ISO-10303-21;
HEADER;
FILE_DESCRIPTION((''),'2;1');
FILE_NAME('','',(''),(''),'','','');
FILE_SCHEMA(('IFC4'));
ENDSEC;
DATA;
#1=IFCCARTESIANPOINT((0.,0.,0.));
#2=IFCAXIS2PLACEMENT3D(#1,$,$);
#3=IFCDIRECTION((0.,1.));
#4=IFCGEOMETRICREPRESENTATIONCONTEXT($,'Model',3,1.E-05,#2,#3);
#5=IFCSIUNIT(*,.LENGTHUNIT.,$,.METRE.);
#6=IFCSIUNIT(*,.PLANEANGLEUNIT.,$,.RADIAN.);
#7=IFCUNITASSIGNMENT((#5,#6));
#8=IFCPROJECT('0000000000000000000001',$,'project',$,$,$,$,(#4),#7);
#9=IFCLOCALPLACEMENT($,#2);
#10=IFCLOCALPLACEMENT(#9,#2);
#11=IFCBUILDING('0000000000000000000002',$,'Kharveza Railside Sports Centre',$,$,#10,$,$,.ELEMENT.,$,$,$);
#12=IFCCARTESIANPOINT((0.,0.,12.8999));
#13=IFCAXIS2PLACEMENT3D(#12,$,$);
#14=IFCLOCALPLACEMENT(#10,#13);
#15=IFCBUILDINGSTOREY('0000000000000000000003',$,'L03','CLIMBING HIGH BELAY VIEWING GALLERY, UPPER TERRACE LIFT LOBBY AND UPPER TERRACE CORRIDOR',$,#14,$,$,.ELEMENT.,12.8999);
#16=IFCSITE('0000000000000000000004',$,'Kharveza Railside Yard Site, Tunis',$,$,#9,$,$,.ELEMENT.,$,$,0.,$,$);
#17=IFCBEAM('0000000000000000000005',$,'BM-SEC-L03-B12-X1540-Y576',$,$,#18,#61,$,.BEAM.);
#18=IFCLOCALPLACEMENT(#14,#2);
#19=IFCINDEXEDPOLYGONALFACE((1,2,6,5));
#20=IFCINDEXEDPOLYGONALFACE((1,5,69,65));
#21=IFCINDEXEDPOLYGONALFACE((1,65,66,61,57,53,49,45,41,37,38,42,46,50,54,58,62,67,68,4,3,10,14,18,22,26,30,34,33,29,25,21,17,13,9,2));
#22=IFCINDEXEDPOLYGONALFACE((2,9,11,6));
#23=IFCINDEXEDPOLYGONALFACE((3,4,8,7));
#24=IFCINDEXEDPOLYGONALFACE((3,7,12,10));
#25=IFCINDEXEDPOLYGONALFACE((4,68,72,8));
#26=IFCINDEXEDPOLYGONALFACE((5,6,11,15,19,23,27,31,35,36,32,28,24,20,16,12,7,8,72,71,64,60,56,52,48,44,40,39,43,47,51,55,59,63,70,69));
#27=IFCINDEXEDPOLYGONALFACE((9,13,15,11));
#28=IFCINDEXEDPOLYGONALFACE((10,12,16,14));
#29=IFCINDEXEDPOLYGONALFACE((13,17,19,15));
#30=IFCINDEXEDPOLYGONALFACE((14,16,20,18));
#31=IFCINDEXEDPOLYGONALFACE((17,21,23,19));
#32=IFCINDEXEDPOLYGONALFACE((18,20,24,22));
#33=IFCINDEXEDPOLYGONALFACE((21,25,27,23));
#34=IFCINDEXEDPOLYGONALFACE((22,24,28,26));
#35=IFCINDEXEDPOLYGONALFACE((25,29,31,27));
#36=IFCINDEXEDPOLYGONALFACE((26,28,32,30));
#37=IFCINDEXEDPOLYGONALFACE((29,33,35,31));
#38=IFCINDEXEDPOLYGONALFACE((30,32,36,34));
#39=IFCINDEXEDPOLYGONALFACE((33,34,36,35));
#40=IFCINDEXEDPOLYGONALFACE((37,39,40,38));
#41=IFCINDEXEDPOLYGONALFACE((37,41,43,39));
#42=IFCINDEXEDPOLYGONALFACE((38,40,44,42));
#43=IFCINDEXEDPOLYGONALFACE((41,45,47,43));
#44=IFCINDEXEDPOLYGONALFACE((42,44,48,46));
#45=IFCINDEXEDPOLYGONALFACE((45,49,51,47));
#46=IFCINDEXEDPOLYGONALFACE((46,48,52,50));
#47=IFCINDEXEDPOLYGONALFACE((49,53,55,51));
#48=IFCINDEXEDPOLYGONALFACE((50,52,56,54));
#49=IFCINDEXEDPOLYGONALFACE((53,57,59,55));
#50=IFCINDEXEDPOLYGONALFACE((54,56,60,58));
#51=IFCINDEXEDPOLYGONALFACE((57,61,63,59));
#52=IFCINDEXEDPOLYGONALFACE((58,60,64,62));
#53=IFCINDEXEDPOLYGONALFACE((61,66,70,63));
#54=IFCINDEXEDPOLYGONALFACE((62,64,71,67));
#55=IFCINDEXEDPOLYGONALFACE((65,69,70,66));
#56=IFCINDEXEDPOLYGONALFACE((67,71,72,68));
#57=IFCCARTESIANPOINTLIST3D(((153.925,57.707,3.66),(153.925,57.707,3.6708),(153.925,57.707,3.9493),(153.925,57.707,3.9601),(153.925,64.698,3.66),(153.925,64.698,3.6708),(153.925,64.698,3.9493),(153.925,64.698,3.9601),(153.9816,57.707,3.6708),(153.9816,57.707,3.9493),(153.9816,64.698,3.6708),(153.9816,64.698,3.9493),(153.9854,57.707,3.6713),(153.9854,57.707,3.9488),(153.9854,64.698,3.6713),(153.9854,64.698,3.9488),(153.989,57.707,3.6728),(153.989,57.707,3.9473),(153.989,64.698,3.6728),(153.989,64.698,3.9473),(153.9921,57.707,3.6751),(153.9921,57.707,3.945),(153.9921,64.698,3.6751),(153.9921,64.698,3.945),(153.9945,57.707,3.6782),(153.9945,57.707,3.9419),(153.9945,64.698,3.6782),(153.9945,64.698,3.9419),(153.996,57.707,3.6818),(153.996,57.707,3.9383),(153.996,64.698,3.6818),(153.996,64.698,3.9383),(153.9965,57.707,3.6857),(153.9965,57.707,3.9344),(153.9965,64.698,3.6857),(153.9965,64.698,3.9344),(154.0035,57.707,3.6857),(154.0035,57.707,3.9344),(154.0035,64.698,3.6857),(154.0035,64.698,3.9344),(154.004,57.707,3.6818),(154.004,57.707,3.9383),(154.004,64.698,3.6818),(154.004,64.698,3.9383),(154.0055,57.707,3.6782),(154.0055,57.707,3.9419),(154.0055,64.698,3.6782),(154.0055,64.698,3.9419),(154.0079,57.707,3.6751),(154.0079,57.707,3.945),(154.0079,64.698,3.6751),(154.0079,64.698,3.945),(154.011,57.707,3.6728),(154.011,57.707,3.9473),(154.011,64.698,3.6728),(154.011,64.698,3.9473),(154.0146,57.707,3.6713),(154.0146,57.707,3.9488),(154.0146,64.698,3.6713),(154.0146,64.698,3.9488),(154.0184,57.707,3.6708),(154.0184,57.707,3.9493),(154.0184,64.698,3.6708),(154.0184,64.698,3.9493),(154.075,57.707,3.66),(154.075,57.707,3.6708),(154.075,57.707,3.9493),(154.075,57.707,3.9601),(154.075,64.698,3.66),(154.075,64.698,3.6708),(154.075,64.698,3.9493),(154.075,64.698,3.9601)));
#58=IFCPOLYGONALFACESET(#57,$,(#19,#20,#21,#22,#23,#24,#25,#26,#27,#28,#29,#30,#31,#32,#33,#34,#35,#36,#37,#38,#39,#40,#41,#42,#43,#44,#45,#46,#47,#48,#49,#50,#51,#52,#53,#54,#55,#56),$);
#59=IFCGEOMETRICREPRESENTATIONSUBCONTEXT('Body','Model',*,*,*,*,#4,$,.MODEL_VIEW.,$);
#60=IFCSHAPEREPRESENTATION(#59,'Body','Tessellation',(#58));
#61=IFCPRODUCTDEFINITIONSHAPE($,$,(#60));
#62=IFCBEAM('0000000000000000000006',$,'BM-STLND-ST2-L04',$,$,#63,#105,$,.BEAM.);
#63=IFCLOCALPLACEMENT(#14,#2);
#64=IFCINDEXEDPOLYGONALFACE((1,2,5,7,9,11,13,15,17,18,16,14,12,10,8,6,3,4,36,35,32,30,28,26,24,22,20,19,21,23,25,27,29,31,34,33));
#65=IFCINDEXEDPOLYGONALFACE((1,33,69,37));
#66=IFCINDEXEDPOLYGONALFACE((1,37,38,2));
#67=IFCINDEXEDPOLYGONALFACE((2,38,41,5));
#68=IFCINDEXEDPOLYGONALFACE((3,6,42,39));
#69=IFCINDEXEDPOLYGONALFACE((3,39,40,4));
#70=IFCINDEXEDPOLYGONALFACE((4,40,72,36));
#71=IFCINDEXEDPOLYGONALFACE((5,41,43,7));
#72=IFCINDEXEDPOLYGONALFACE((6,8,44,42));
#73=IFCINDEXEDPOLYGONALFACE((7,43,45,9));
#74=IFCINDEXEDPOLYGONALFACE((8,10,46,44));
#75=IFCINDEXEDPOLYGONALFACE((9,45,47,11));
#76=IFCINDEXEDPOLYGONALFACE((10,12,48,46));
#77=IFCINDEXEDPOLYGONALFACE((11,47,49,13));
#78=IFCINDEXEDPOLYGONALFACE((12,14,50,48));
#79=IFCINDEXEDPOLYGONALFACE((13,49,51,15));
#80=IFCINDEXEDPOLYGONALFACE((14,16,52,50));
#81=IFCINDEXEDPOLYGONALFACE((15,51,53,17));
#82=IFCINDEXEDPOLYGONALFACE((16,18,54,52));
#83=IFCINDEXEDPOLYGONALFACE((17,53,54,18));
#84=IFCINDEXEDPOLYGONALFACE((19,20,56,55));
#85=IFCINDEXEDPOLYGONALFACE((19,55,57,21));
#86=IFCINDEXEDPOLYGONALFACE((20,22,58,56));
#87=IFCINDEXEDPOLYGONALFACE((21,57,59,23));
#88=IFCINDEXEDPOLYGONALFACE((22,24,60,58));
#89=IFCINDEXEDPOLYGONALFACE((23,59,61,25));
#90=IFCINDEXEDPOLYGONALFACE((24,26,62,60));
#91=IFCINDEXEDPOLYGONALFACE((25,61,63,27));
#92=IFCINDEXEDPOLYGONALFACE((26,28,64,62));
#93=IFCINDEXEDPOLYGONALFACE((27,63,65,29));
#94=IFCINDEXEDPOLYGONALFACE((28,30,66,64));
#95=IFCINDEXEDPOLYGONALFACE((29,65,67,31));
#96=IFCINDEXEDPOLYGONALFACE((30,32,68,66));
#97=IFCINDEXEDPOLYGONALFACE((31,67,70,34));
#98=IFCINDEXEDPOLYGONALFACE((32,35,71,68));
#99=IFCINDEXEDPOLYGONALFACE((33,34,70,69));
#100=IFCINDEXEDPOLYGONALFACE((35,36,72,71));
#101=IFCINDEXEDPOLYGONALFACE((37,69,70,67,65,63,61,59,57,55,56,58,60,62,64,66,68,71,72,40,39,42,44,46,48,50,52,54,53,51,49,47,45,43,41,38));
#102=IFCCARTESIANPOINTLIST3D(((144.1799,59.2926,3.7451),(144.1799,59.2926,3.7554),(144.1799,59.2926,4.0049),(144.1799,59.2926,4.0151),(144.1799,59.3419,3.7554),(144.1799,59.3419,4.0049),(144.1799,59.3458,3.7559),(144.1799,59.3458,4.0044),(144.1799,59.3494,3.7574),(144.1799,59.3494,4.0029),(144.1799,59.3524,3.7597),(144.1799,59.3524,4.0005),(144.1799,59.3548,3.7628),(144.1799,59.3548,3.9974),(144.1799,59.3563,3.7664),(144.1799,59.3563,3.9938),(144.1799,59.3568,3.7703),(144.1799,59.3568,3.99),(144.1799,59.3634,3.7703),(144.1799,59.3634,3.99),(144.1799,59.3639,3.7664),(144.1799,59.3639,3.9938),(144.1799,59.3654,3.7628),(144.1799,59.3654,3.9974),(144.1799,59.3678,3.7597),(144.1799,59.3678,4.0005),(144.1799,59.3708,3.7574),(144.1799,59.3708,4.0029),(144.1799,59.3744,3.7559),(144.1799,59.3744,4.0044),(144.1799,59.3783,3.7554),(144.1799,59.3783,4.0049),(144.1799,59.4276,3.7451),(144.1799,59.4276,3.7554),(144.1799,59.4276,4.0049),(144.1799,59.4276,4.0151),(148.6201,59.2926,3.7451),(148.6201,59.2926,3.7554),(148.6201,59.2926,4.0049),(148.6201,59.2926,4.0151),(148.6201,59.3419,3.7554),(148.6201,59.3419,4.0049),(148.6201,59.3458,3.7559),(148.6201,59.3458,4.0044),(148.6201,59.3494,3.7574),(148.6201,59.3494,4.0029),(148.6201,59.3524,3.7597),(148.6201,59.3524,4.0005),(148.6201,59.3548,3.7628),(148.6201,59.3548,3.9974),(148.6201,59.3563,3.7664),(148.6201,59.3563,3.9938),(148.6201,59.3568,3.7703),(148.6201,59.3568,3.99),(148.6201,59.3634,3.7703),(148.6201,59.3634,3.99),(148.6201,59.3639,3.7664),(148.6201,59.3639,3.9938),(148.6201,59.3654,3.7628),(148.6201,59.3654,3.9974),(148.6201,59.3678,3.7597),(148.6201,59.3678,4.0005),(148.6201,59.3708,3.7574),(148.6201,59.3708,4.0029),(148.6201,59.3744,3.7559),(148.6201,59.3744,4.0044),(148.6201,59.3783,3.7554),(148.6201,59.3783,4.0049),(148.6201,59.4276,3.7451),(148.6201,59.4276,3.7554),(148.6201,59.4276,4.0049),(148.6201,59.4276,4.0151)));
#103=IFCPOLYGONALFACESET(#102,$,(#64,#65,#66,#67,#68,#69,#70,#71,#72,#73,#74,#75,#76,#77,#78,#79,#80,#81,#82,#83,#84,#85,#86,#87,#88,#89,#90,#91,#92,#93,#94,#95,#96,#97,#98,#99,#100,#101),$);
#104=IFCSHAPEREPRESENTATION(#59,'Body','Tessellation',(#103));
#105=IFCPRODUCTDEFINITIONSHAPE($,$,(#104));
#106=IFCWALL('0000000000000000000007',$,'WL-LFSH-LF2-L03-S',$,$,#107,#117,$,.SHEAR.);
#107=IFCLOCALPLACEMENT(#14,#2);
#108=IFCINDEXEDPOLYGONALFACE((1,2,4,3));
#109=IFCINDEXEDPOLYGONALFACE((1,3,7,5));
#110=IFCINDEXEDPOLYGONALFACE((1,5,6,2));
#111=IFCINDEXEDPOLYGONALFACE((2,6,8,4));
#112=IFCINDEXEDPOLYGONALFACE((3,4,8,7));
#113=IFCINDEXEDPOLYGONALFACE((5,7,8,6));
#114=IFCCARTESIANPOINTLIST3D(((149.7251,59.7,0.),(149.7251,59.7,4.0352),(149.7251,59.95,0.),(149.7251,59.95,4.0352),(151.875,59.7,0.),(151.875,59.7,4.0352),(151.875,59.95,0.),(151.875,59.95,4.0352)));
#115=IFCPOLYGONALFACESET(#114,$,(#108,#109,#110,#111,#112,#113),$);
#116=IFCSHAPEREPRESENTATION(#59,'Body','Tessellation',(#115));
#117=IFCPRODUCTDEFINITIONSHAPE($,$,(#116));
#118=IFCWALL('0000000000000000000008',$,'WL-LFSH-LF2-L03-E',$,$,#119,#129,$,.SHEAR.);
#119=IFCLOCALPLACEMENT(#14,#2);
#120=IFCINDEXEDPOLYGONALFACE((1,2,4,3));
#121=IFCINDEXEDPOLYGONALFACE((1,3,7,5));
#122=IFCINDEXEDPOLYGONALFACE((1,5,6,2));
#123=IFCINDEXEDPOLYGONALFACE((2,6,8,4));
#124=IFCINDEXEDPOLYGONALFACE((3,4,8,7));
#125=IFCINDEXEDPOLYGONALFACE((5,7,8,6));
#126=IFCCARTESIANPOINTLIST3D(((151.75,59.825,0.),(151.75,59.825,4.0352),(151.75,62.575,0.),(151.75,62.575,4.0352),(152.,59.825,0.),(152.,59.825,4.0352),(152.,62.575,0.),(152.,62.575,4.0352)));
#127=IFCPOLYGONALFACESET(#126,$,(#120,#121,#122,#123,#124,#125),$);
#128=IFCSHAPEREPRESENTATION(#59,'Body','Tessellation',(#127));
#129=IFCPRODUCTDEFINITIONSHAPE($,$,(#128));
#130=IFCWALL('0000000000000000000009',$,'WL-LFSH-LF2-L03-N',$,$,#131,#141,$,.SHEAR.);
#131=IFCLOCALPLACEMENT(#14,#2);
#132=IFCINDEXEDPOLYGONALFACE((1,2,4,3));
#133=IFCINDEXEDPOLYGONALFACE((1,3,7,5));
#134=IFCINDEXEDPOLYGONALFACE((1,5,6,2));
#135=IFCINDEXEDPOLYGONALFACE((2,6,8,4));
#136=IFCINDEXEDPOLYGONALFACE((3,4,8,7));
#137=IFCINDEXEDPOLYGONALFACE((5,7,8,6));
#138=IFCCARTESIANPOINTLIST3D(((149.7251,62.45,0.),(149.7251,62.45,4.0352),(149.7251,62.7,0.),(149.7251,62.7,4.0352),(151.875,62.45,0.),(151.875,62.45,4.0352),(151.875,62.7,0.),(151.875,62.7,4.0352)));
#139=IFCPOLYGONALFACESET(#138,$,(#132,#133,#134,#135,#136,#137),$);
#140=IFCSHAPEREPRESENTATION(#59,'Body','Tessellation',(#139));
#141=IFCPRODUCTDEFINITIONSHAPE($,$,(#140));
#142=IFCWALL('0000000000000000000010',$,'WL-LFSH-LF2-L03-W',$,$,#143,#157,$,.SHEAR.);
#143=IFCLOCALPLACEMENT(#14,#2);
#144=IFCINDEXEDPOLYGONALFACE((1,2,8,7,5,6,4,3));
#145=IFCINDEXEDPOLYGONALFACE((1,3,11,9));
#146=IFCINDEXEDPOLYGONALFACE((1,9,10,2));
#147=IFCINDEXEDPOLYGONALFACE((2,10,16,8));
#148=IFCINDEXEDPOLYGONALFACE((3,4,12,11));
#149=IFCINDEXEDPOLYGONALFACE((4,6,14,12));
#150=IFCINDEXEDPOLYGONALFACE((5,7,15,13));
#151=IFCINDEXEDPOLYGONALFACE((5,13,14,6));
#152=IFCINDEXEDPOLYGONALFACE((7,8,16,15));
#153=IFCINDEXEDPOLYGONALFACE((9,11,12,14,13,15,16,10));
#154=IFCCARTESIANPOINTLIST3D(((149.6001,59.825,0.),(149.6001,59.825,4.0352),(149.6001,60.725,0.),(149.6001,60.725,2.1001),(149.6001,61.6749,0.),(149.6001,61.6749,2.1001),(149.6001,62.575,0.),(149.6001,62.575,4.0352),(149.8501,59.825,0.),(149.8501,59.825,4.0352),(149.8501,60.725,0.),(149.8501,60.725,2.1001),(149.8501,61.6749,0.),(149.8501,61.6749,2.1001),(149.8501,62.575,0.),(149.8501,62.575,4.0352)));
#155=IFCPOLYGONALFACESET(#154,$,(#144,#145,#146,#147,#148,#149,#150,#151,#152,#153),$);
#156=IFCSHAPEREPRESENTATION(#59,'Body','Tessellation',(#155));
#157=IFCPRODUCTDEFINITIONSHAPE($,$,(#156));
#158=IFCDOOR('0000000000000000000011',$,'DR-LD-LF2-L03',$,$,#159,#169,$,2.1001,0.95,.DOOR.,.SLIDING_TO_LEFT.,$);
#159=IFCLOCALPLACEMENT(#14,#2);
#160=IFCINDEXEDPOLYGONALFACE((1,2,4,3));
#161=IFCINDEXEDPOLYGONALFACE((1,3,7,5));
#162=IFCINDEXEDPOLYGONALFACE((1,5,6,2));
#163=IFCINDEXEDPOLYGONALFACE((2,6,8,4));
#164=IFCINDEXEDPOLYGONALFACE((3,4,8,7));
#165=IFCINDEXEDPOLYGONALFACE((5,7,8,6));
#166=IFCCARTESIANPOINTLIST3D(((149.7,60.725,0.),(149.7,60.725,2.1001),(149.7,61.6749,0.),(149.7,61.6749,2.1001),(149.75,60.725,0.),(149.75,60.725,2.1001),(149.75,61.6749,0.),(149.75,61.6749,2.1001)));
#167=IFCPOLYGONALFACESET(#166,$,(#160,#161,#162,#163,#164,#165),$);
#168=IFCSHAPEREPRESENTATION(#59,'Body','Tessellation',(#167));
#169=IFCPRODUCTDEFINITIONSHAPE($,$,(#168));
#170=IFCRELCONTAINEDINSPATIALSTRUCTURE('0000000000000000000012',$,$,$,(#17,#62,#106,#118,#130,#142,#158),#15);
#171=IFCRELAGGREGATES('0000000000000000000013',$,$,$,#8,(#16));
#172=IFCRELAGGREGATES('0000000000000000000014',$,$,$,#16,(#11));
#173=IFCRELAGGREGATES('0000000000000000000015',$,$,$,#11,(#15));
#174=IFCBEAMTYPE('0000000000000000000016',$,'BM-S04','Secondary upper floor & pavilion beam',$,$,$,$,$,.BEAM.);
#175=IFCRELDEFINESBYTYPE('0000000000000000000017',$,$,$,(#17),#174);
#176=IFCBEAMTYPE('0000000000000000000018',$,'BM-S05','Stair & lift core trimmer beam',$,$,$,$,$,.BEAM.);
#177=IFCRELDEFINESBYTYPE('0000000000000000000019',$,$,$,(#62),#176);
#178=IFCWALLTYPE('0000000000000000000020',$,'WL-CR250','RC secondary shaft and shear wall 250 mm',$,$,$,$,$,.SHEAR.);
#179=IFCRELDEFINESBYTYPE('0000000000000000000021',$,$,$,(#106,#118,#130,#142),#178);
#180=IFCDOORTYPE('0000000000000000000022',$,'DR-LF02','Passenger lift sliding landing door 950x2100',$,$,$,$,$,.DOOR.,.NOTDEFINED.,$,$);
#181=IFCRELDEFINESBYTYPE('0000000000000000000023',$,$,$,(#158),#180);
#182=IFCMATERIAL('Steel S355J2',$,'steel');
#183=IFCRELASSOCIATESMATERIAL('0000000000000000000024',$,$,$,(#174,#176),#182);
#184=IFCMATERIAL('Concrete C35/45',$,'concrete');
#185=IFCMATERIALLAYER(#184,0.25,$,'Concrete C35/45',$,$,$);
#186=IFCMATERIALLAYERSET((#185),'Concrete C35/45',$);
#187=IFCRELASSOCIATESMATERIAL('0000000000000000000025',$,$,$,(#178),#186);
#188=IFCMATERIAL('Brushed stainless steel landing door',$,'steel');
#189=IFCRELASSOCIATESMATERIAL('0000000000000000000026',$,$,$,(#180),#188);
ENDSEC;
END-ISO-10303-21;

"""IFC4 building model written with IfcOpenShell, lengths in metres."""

from ifc_helpers import new_model, si_unit, direction, frame, frame_2d, origin, origin_2d, place, context, subcontext, project, spatial, rectangle, i_section, extrude, material, layer, layer_set, material_profile, profile_set, type_object, element, fill, save


model = new_model("IFC4")

# Units and contexts
model_context = context("Model", 3, precision=1e-05, world=origin(), true_north=direction((0.0, 1.0)))
body_context = subcontext(model_context, "Body", "Model", "MODEL_VIEW")
ifc_project = project(units=[si_unit("LENGTHUNIT", "METRE"), si_unit("PLANEANGLEUNIT", "RADIAN")], contexts=[model_context])

# Site, building, storey
site_placement = place(None, origin())
site = spatial("IfcSite", under=ifc_project, at=site_placement, Name="Kharveza Railside Yard Site, Tunis", CompositionType="ELEMENT", RefElevation=0.0)
building_placement = place(site_placement, origin())
building = spatial("IfcBuilding", under=site, at=building_placement, Name="Kharveza Railside Sports Centre", CompositionType="ELEMENT")
storey_placement = place(building_placement, frame((0.0, 0.0, 12.8999)))
storey = spatial("IfcBuildingStorey", under=building, at=storey_placement, Name="L03", Description="CLIMBING HIGH BELAY VIEWING GALLERY, UPPER TERRACE LIFT LOBBY AND UPPER TERRACE CORRIDOR", CompositionType="ELEMENT", Elevation=12.8999)

# Shared definitions
ifc_material_1 = material(Name="Steel S355J2", Category="steel")

# Beams
ifc_material_profile_1 = material_profile(ifc_material_1, i_section(OverallWidth=0.1499, OverallDepth=0.3, WebThickness=0.0071, FlangeThickness=0.0107, FilletRadius=0.0149, at=origin_2d()), Name="IPE 300")
ifc_profile_set_1 = profile_set([ifc_material_profile_1], Name="Steel S355J2")
beam_type_1 = type_object("IfcBeamType", Name="BM-S04", Description="Secondary upper floor & pavilion beam", PredefinedType="BEAM", material=ifc_profile_set_1)
beam_1_placement = place(storey_placement, frame((154.0, 57.707, 3.8101), z_axis=(0.0, 1.0, 0.0), x_axis=(-1.0, 0.0, 0.0)))
element("IfcBeam", 1, at=beam_1_placement, inside=storey, type_object=beam_type_1, Name="BM-SEC-L03-B12-X1540-Y576", PredefinedType="BEAM", context=body_context, shape_type="SweptSolid", body=[
    extrude(i_section(OverallWidth=0.1499, OverallDepth=0.3, WebThickness=0.0071, FlangeThickness=0.0107, FilletRadius=0.0149, at=origin_2d()), origin(), (0.0, 0.0, 1.0), 6.991),
])
ifc_material_profile_2 = material_profile(ifc_material_1, i_section(OverallWidth=0.135, OverallDepth=0.27, WebThickness=0.0066, FlangeThickness=0.0103, FilletRadius=0.0149, at=origin_2d()), Name="IPE 270")
ifc_profile_set_2 = profile_set([ifc_material_profile_2], Name="Steel S355J2")
beam_type_2 = type_object("IfcBeamType", Name="BM-S05", Description="Stair & lift core trimmer beam", PredefinedType="BEAM", material=ifc_profile_set_2)
beam_2_placement = place(storey_placement, frame((144.1799, 59.3601, 3.8801), z_axis=(1.0, 0.0, 0.0), x_axis=(0.0, 1.0, 0.0)))
element("IfcBeam", 2, at=beam_2_placement, inside=storey, type_object=beam_type_2, Name="BM-STLND-ST2-L04", PredefinedType="BEAM", context=body_context, shape_type="SweptSolid", body=[
    extrude(i_section(OverallWidth=0.135, OverallDepth=0.27, WebThickness=0.0066, FlangeThickness=0.0103, FilletRadius=0.0149, at=origin_2d()), origin(), (0.0, 0.0, 1.0), 4.4402),
])

# Walls
ifc_material_2 = material(Name="Concrete C35/45", Category="concrete")
ifc_layer_1 = layer(ifc_material_2, 0.25, Name="Concrete C35/45")
ifc_layer_set_1 = layer_set([ifc_layer_1], Name="Concrete C35/45")
wall_type_1 = type_object("IfcWallType", Name="WL-CR250", Description="RC secondary shaft and shear wall 250 mm", PredefinedType="SHEAR", material=ifc_layer_set_1)
wall_1_placement = place(storey_placement, frame((149.7251, 59.825, 0.0), z_axis=(0.0, 0.0, 1.0), x_axis=(1.0, 0.0, 0.0)))
element("IfcWall", 3, at=wall_1_placement, inside=storey, type_object=wall_type_1, Name="WL-LFSH-LF2-L03-S", PredefinedType="SHEAR", context=body_context, shape_type="SweptSolid", body=[
    extrude(rectangle(XDim=2.1499, YDim=0.25, at=frame_2d((1.075, 0.0))), origin(), (0.0, 0.0, 1.0), 4.0352),
])
wall_2_placement = place(storey_placement, frame((151.875, 59.825, 0.0), z_axis=(0.0, 0.0, 1.0), x_axis=(0.0, 1.0, 0.0)))
element("IfcWall", 4, at=wall_2_placement, inside=storey, type_object=wall_type_1, Name="WL-LFSH-LF2-L03-E", PredefinedType="SHEAR", context=body_context, shape_type="SweptSolid", body=[
    extrude(rectangle(XDim=2.75, YDim=0.25, at=frame_2d((1.375, 0.0))), origin(), (0.0, 0.0, 1.0), 4.0352),
])
wall_3_placement = place(storey_placement, frame((151.875, 62.575, 0.0), z_axis=(0.0, 0.0, 1.0), x_axis=(-1.0, 0.0, 0.0)))
element("IfcWall", 5, at=wall_3_placement, inside=storey, type_object=wall_type_1, Name="WL-LFSH-LF2-L03-N", PredefinedType="SHEAR", context=body_context, shape_type="SweptSolid", body=[
    extrude(rectangle(XDim=2.1499, YDim=0.25, at=frame_2d((1.075, 0.0))), origin(), (0.0, 0.0, 1.0), 4.0352),
])

# Wall, opening, door
wall_4_placement = place(storey_placement, frame((149.7251, 62.575, 0.0), z_axis=(0.0, 0.0, 1.0), x_axis=(0.0, -1.0, 0.0)))
wall_4 = element("IfcWall", 6, at=wall_4_placement, inside=storey, type_object=wall_type_1, Name="WL-LFSH-LF2-L03-W", PredefinedType="SHEAR", context=body_context, shape_type="SweptSolid", body=[
    extrude(rectangle(XDim=2.75, YDim=0.25, at=frame_2d((1.375, 0.0))), origin(), (0.0, 0.0, 1.0), 4.0352),
])
opening_1_placement = place(wall_4_placement, frame((0.8999, 0.0, 0.0)))
opening_1 = element("IfcOpeningElement", 7, at=opening_1_placement, cuts=wall_4, PredefinedType="OPENING", context=body_context, shape_type="SweptSolid", body=[
    extrude(rectangle(XDim=0.95, YDim=2.1001, at=frame_2d((0.4751, 1.05))), frame((0.0, 0.1499, 0.0), z_axis=(0.0, -1.0, 0.0), x_axis=(1.0, 0.0, 0.0)), (0.0, 0.0, 1.0), 0.2998),
])
ifc_material_3 = material(Name="Brushed stainless steel landing door", Category="steel")
door_type_1 = type_object("IfcDoorType", Name="DR-LF02", Description="Passenger lift sliding landing door 950x2100", OperationType="NOTDEFINED", PredefinedType="DOOR", material=ifc_material_3)
door_1_placement = place(opening_1_placement, origin())
door_1 = element("IfcDoor", 8, at=door_1_placement, inside=storey, type_object=door_type_1, Name="DR-LD-LF2-L03", OperationType="SLIDING_TO_LEFT", OverallHeight=2.1001, OverallWidth=0.95, PredefinedType="DOOR", context=body_context, shape_type="SweptSolid", body=[
    extrude(rectangle(XDim=0.95, YDim=2.1001, at=frame_2d((0.4751, 1.05))), frame((0.0, 0.0249, 0.0), z_axis=(0.0, -1.0, 0.0), x_axis=(1.0, 0.0, 0.0)), (0.0, 0.0, 1.0), 0.05),
])
fill(opening_1, door_1)

save(model, "model.ifc")
